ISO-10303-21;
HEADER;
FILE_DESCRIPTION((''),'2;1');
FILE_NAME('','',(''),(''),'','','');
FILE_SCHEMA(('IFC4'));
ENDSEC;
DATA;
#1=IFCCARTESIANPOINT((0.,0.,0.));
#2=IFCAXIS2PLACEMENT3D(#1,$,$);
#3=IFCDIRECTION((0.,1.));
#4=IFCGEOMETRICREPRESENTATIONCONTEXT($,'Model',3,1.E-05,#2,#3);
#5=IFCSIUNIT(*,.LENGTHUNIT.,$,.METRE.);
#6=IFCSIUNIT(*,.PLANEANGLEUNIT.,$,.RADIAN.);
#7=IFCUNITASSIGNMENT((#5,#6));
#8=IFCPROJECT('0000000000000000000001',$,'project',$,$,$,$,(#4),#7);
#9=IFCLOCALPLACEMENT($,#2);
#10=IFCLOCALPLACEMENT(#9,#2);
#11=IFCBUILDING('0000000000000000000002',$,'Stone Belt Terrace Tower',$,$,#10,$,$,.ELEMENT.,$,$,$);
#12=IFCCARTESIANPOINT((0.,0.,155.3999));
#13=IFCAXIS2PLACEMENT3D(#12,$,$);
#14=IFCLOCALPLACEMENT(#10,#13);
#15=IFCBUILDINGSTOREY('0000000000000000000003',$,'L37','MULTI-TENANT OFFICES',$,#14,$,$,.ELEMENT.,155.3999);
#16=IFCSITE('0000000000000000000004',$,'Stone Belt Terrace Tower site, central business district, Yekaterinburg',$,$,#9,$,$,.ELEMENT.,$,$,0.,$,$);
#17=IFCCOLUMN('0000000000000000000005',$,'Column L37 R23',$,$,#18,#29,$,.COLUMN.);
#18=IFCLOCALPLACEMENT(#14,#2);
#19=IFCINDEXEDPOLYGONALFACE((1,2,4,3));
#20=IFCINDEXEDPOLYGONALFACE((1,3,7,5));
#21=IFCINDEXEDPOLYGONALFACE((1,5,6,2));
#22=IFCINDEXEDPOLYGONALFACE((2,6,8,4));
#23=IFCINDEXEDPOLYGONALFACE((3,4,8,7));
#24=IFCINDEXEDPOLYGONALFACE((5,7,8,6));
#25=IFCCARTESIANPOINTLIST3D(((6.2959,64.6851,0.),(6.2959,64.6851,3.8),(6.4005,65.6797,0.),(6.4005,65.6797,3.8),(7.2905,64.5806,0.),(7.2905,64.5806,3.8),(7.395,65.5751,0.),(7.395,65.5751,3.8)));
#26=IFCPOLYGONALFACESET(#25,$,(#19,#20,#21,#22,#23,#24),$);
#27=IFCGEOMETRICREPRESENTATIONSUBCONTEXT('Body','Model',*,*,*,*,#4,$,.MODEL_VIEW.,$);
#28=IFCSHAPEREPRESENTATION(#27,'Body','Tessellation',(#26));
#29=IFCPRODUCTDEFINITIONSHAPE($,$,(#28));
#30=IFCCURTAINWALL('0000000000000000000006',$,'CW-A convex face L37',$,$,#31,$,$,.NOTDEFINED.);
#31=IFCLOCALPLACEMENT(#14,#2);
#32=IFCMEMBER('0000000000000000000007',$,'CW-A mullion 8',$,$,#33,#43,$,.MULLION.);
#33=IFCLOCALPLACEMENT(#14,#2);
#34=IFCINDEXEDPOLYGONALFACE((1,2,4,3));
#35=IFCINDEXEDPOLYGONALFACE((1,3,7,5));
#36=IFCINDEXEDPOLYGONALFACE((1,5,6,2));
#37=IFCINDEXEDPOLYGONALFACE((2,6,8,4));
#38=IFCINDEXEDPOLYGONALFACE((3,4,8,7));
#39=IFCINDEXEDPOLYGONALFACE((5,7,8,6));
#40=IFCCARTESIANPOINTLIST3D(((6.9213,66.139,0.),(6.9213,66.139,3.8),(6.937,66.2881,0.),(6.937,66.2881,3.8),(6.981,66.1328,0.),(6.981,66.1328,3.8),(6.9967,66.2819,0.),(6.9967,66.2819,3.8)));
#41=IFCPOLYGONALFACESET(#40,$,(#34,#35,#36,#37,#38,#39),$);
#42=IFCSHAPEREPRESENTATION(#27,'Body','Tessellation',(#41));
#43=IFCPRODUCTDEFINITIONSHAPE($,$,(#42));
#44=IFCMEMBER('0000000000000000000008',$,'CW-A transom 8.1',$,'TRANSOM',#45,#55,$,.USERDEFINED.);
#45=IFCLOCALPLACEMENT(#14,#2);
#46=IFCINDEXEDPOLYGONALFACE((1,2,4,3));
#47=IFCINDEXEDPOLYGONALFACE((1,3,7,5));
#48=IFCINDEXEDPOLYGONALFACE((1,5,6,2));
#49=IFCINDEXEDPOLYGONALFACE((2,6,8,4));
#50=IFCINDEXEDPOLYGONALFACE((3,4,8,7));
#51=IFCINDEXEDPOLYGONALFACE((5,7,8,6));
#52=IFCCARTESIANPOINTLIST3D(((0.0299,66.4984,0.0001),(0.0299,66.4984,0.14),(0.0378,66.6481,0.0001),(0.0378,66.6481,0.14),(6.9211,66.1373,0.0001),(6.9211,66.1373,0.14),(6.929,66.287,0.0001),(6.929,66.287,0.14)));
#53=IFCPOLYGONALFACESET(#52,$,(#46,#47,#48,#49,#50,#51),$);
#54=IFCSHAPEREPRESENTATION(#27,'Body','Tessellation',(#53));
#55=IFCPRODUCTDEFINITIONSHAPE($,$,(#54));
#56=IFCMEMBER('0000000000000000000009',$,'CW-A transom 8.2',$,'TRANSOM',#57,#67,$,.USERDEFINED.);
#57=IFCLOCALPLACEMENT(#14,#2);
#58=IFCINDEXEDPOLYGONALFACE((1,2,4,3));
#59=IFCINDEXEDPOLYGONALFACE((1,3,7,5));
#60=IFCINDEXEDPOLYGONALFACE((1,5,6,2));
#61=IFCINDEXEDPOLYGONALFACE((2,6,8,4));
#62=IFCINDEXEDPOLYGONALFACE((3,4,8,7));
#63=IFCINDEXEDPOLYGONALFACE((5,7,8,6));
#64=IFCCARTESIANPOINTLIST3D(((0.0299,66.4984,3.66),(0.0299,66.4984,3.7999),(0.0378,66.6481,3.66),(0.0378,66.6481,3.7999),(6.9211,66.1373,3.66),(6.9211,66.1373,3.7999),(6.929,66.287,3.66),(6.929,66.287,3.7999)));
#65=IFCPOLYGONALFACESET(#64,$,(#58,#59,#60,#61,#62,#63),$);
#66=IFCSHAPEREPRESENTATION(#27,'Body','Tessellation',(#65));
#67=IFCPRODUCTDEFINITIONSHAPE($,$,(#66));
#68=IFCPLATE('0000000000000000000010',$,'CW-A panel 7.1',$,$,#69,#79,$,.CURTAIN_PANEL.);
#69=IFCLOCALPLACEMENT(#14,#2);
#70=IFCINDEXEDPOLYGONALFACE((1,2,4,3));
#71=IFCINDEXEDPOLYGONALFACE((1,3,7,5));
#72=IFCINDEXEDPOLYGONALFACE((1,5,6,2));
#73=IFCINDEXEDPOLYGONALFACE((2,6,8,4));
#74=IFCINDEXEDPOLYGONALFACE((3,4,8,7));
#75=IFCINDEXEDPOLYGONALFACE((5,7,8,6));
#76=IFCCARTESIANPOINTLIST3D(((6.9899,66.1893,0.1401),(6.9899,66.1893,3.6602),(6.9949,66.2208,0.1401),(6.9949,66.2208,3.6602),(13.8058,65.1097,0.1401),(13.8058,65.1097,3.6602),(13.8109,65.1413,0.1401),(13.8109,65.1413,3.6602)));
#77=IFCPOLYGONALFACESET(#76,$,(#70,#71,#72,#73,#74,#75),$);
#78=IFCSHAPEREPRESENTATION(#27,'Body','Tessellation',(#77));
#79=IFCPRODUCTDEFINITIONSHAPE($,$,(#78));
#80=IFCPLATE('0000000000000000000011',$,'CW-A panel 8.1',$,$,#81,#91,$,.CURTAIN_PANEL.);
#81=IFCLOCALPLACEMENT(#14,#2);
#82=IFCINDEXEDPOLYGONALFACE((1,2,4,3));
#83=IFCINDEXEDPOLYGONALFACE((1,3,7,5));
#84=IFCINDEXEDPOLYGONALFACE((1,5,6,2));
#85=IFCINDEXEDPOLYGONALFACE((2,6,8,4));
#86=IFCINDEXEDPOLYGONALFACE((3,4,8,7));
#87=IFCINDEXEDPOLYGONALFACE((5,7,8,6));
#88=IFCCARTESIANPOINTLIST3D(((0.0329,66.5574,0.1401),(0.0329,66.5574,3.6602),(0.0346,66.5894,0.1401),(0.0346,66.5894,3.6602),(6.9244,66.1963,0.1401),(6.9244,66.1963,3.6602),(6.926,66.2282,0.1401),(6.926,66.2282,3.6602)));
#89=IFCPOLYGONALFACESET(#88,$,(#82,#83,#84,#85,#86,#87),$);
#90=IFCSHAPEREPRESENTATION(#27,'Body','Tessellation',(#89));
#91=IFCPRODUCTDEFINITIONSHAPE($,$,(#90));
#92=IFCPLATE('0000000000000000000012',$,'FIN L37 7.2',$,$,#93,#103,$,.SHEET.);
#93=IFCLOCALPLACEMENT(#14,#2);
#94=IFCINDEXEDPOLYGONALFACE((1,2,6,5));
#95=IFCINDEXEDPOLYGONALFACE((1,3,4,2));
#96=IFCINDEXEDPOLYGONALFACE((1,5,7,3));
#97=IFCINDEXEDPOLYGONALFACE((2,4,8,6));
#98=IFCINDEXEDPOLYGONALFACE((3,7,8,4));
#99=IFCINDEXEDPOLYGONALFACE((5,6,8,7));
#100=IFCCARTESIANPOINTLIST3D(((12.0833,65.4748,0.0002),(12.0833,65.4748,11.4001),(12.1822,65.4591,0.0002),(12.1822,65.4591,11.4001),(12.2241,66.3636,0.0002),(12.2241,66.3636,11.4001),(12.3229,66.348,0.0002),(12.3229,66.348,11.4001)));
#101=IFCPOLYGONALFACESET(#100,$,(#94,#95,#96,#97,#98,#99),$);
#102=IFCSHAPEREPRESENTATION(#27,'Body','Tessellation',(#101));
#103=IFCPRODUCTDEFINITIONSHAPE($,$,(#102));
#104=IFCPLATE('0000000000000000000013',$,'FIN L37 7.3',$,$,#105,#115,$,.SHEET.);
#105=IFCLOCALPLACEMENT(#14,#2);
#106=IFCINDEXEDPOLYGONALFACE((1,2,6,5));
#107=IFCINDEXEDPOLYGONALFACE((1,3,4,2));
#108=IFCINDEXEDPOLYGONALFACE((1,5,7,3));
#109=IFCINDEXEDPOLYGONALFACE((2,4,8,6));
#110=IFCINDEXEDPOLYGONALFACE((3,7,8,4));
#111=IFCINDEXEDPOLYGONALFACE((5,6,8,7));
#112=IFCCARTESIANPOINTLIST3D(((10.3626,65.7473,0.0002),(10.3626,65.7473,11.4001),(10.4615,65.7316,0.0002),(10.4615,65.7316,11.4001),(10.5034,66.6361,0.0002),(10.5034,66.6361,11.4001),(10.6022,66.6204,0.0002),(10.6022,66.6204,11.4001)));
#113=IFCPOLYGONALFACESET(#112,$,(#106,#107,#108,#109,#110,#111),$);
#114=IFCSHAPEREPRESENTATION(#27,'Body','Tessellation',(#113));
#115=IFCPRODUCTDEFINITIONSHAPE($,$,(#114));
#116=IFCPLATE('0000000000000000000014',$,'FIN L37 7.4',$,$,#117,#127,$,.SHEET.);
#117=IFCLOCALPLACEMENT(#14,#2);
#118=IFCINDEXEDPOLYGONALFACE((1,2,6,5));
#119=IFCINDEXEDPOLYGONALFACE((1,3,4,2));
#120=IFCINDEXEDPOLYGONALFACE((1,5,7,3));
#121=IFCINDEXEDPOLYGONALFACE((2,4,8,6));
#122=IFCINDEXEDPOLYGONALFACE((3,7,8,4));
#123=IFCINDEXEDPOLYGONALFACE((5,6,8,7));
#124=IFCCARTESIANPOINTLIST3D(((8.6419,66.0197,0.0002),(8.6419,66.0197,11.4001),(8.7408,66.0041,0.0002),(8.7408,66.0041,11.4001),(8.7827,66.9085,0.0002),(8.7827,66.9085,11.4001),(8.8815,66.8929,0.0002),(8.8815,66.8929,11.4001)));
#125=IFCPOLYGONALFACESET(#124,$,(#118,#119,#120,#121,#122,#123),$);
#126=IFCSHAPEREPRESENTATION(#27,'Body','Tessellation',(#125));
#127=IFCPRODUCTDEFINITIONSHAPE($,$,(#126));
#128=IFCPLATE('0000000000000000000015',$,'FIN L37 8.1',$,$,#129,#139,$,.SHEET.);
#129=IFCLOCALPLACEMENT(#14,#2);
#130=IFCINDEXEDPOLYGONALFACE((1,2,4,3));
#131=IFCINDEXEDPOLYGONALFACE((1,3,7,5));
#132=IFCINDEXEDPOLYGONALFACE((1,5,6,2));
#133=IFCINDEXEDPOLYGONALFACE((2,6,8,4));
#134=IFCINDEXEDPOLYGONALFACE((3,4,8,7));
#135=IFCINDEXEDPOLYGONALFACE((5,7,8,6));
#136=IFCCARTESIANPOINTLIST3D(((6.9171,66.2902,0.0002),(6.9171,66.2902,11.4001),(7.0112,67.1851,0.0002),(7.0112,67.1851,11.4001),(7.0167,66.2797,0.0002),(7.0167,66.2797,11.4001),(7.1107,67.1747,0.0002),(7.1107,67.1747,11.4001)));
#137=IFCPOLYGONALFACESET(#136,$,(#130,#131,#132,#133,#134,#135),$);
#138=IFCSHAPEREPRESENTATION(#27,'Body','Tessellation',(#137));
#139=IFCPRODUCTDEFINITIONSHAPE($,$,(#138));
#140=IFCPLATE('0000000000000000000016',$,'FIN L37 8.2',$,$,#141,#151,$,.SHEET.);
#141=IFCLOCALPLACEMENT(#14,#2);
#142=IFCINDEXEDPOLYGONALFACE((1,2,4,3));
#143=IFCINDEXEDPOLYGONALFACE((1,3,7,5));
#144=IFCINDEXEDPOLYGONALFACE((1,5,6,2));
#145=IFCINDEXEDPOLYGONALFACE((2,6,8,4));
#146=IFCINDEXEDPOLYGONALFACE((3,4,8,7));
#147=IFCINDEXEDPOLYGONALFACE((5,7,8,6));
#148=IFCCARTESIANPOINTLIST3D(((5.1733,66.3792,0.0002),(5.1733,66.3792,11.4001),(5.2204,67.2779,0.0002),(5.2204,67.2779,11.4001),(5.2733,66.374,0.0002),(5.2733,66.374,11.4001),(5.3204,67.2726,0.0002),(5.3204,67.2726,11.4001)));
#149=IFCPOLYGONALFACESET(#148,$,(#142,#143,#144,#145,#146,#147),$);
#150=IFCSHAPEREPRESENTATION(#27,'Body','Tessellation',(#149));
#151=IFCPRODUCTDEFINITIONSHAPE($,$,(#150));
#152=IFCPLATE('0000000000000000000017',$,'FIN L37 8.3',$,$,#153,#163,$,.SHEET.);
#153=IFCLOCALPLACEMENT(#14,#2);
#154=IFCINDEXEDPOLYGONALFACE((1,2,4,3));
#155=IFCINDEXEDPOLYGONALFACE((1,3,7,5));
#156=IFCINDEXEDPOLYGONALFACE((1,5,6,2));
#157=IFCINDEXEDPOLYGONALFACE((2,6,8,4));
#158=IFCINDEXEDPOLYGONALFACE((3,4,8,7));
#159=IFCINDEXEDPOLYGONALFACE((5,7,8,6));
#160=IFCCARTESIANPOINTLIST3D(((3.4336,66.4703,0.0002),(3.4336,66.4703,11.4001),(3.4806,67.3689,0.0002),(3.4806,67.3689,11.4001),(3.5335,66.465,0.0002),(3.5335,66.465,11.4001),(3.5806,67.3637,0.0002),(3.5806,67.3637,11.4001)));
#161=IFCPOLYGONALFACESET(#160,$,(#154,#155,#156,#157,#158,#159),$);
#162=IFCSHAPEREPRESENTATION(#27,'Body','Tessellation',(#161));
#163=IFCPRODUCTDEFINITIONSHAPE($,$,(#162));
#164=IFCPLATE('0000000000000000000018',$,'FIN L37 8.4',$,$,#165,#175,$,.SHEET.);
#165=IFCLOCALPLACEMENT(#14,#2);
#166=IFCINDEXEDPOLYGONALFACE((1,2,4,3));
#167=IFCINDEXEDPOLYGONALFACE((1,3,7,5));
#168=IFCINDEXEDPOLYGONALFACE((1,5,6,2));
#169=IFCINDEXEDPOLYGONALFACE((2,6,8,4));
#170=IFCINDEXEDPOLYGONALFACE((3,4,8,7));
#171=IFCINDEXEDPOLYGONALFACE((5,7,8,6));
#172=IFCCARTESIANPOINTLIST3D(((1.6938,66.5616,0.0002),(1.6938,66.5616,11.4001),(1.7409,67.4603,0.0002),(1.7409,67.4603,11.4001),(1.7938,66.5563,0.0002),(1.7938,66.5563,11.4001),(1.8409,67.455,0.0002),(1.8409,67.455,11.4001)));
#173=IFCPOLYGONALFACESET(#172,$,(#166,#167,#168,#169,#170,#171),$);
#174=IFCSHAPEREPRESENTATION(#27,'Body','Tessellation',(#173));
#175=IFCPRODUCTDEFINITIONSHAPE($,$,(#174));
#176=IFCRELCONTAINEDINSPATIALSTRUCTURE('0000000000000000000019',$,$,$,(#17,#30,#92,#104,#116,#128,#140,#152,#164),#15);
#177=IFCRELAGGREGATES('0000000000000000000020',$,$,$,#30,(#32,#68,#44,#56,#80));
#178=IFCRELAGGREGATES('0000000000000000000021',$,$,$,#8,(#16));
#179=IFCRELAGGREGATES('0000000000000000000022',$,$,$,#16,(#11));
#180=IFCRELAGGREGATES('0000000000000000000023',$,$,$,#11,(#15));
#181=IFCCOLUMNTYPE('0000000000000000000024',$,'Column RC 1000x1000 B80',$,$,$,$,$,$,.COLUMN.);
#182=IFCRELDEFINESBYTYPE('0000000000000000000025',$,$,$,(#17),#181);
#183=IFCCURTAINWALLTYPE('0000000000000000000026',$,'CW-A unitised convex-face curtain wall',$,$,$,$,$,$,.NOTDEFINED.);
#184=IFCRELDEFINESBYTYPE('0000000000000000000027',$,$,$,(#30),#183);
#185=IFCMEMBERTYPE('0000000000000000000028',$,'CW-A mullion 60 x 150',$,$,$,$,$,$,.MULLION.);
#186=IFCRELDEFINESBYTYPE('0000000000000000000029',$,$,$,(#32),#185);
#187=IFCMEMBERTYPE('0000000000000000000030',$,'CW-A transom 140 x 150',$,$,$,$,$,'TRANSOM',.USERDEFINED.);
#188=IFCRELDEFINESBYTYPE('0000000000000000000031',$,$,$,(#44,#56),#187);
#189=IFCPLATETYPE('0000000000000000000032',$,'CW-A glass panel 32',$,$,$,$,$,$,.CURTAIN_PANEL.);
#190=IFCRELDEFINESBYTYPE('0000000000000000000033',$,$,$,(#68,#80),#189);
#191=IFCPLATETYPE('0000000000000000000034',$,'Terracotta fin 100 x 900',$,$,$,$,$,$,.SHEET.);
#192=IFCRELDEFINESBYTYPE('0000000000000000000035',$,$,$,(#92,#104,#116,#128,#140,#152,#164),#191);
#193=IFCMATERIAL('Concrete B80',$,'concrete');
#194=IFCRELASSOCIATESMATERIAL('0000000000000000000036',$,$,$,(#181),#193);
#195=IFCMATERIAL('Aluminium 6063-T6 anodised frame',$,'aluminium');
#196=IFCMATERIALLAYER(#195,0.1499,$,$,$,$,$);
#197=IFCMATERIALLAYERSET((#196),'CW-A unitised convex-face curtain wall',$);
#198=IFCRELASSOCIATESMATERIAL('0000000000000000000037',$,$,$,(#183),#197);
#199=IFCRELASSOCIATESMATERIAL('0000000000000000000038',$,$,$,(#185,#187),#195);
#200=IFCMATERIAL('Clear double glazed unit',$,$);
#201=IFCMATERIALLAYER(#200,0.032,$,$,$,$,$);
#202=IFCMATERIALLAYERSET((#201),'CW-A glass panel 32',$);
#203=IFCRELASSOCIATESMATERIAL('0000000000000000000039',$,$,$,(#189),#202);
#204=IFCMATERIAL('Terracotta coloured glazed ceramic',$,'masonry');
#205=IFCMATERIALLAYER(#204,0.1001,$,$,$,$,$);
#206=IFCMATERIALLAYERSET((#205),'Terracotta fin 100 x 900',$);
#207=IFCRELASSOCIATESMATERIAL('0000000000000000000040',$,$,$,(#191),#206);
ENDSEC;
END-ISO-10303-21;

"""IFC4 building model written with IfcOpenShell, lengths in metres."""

from ifc_helpers import new_model, si_unit, direction, frame, origin, origin_2d, place, context, subcontext, project, spatial, rectangle, extrude, material, layer, layer_set, material_profile, profile_set, type_object, element, aggregate, save


model = new_model("IFC4")

# Units and contexts
model_context = context("Model", 3, precision=1e-05, world=origin(), true_north=direction((0.0, 1.0)))
body_context = subcontext(model_context, "Body", "Model", "MODEL_VIEW")
ifc_project = project(units=[si_unit("LENGTHUNIT", "METRE"), si_unit("PLANEANGLEUNIT", "RADIAN")], contexts=[model_context])

# Site, building, storey
site_placement = place(None, origin())
site = spatial("IfcSite", under=ifc_project, at=site_placement, Name="Stone Belt Terrace Tower site, central business district, Yekaterinburg", CompositionType="ELEMENT", RefElevation=0.0)
building_placement = place(site_placement, origin())
building = spatial("IfcBuilding", under=site, at=building_placement, Name="Stone Belt Terrace Tower", CompositionType="ELEMENT")
storey_placement = place(building_placement, frame((0.0, 0.0, 155.3999)))
storey = spatial("IfcBuildingStorey", under=building, at=storey_placement, Name="L37", Description="MULTI-TENANT OFFICES", CompositionType="ELEMENT", Elevation=155.3999)

# Column
ifc_material_1 = material(Name="Concrete B80", Category="concrete")
ifc_material_profile_1 = material_profile(ifc_material_1, rectangle(XDim=1.0, YDim=1.0, at=origin_2d()), Name="RC 1000x1000")
ifc_profile_set_1 = profile_set([ifc_material_profile_1], Name="Concrete B80")
column_type = type_object("IfcColumnType", Name="Column RC 1000x1000 B80", PredefinedType="COLUMN", material=ifc_profile_set_1)
column_placement = place(storey_placement, frame((6.8455, 65.1301, 0.0), z_axis=(0.0, 0.0, 1.0), x_axis=(0.994522, -0.104528, 0.0)))
element("IfcColumn", 1, at=column_placement, inside=storey, type_object=column_type, Name="Column L37 R23", PredefinedType="COLUMN", context=body_context, shape_type="SweptSolid", body=[
    extrude(rectangle(XDim=1.0, YDim=1.0, at=origin_2d()), origin(), (0.0, 0.0, 1.0), 3.8),
])

# Curtain wall, members, plates
ifc_material_2 = material(Name="Aluminium 6063-T6 anodised frame", Category="aluminium")
ifc_layer_1 = layer(ifc_material_2, 0.1499)
ifc_layer_set_1 = layer_set([ifc_layer_1], Name="CW-A unitised convex-face curtain wall")
curtain_wall_type = type_object("IfcCurtainWallType", Name="CW-A unitised convex-face curtain wall", PredefinedType="NOTDEFINED", material=ifc_layer_set_1)
curtain_wall_placement = place(storey_placement, origin())
curtain_wall = element("IfcCurtainWall", 2, at=curtain_wall_placement, inside=storey, type_object=curtain_wall_type, Name="CW-A convex face L37", PredefinedType="NOTDEFINED")
ifc_material_profile_2 = material_profile(ifc_material_2, rectangle(XDim=0.1499, YDim=0.0601, at=origin_2d()), Name="Aluminium 6063-T6 60x150")
ifc_profile_set_2 = profile_set([ifc_material_profile_2], Name="Aluminium 6063-T6 anodised frame")
member_type_1 = type_object("IfcMemberType", Name="CW-A mullion 60 x 150", PredefinedType="MULLION", material=ifc_profile_set_2)
member_1_placement = place(storey_placement, frame((6.959, 66.2104, 0.0), z_axis=(0.0, 0.0, 1.0), x_axis=(-0.104528, -0.994522, 0.0)))
member_1 = element("IfcMember", 3, at=member_1_placement, type_object=member_type_1, Name="CW-A mullion 8", PredefinedType="MULLION", context=body_context, shape_type="SweptSolid", body=[
    extrude(rectangle(XDim=0.1499, YDim=0.0601, at=origin_2d()), origin(), (0.0, 0.0, 1.0), 3.8),
])
ifc_material_profile_3 = material_profile(ifc_material_2, rectangle(XDim=0.1499, YDim=0.1399, at=origin_2d()), Name="Aluminium 6063-T6 150x140")
ifc_profile_set_3 = profile_set([ifc_material_profile_3], Name="Aluminium 6063-T6 anodised frame")
member_type_2 = type_object("IfcMemberType", Name="CW-A transom 140 x 150", ElementType="TRANSOM", PredefinedType="USERDEFINED", material=ifc_profile_set_3)
member_2_placement = place(storey_placement, frame((6.925, 66.2122, 0.0701), z_axis=(-0.99863, 0.052327, 0.0), x_axis=(-0.052327, -0.99863, 0.0)))
member_2 = element("IfcMember", 4, at=member_2_placement, type_object=member_type_2, Name="CW-A transom 8.1", ObjectType="TRANSOM", PredefinedType="USERDEFINED", context=body_context, shape_type="SweptSolid", body=[
    extrude(rectangle(XDim=0.1499, YDim=0.1399, at=origin_2d()), origin(), (0.0, 0.0, 1.0), 6.9006),
])
member_3_placement = place(storey_placement, frame((6.925, 66.2122, 3.73), z_axis=(-0.99863, 0.052327, 0.0), x_axis=(-0.052327, -0.99863, 0.0)))
member_3 = element("IfcMember", 5, at=member_3_placement, type_object=member_type_2, Name="CW-A transom 8.2", ObjectType="TRANSOM", PredefinedType="USERDEFINED", context=body_context, shape_type="SweptSolid", body=[
    extrude(rectangle(XDim=0.1499, YDim=0.1399, at=origin_2d()), origin(), (0.0, 0.0, 1.0), 6.9006),
])
ifc_material_3 = material(Name="Clear double glazed unit")
ifc_layer_2 = layer(ifc_material_3, 0.032)
ifc_layer_set_2 = layer_set([ifc_layer_2], Name="CW-A glass panel 32")
plate_type_1 = type_object("IfcPlateType", Name="CW-A glass panel 32", PredefinedType="CURTAIN_PANEL", material=ifc_layer_set_2)
plate_1_placement = place(storey_placement, frame((10.4004, 65.6653, 0.1401), z_axis=(0.0, 0.0, 1.0), x_axis=(-0.987688, 0.156434, 0.0)))
plate_1 = element("IfcPlate", 6, at=plate_1_placement, type_object=plate_type_1, Name="CW-A panel 7.1", PredefinedType="CURTAIN_PANEL", context=body_context, shape_type="SweptSolid", body=[
    extrude(rectangle(XDim=6.9009, YDim=0.032, at=origin_2d()), origin(), (0.0, 0.0, 1.0), 3.52),
])
plate_2_placement = place(storey_placement, frame((3.4795, 66.3928, 0.1401), z_axis=(0.0, 0.0, 1.0), x_axis=(-0.99863, 0.052336, 0.0)))
plate_2 = element("IfcPlate", 7, at=plate_2_placement, type_object=plate_type_1, Name="CW-A panel 8.1", PredefinedType="CURTAIN_PANEL", context=body_context, shape_type="SweptSolid", body=[
    extrude(rectangle(XDim=6.9009, YDim=0.032, at=origin_2d()), origin(), (0.0, 0.0, 1.0), 3.52),
])
aggregate(curtain_wall, [member_1, plate_1, member_2, member_3, plate_2])

# Plates
ifc_material_4 = material(Name="Terracotta coloured glazed ceramic", Category="masonry")
ifc_layer_3 = layer(ifc_material_4, 0.1001)
ifc_layer_set_3 = layer_set([ifc_layer_3], Name="Terracotta fin 100 x 900")
plate_type_2 = type_object("IfcPlateType", Name="Terracotta fin 100 x 900", PredefinedType="SHEET", material=ifc_layer_set_3)
for number, where, z_axis, x_axis, name in (
    (8, (12.2031, 65.9114, 0.0002), (0.0, 0.0, 1.0), (0.156434, 0.987688, 0.0), "FIN L37 7.2"),
    (9, (10.4824, 66.1838, 0.0002), (0.0, 0.0, 1.0), (0.156434, 0.987688, 0.0), "FIN L37 7.3"),
    (10, (8.7617, 66.4563, 0.0002), (0.0, 0.0, 1.0), (0.156434, 0.987688, 0.0), "FIN L37 7.4"),
    (11, (7.0139, 66.7324, 0.0002), (0.0, 0.0, 1.0), (0.104528, 0.994522, 0.0), "FIN L37 8.1"),
    (12, (5.2468, 66.8259, 0.0002), (0.0, 0.0, 1.0), (0.052336, 0.99863, 0.0), "FIN L37 8.2"),
    (13, (3.5071, 66.917, 0.0002), (0.0, 0.0, 1.0), (0.052336, 0.99863, 0.0), "FIN L37 8.3"),
    (14, (1.7673, 67.0083, 0.0002), (0.0, 0.0, 1.0), (0.052336, 0.99863, 0.0), "FIN L37 8.4"),
):
    element("IfcPlate", number, at=place(storey_placement, frame(where, z_axis=z_axis, x_axis=x_axis)), inside=storey, type_object=plate_type_2, Name=name, PredefinedType="SHEET", context=body_context, shape_type="SweptSolid", body=[
        extrude(rectangle(XDim=0.8999, YDim=0.1001, at=origin_2d()), origin(), (0.0, 0.0, 1.0), 11.3999),
    ])

save(model, "model.ifc")
